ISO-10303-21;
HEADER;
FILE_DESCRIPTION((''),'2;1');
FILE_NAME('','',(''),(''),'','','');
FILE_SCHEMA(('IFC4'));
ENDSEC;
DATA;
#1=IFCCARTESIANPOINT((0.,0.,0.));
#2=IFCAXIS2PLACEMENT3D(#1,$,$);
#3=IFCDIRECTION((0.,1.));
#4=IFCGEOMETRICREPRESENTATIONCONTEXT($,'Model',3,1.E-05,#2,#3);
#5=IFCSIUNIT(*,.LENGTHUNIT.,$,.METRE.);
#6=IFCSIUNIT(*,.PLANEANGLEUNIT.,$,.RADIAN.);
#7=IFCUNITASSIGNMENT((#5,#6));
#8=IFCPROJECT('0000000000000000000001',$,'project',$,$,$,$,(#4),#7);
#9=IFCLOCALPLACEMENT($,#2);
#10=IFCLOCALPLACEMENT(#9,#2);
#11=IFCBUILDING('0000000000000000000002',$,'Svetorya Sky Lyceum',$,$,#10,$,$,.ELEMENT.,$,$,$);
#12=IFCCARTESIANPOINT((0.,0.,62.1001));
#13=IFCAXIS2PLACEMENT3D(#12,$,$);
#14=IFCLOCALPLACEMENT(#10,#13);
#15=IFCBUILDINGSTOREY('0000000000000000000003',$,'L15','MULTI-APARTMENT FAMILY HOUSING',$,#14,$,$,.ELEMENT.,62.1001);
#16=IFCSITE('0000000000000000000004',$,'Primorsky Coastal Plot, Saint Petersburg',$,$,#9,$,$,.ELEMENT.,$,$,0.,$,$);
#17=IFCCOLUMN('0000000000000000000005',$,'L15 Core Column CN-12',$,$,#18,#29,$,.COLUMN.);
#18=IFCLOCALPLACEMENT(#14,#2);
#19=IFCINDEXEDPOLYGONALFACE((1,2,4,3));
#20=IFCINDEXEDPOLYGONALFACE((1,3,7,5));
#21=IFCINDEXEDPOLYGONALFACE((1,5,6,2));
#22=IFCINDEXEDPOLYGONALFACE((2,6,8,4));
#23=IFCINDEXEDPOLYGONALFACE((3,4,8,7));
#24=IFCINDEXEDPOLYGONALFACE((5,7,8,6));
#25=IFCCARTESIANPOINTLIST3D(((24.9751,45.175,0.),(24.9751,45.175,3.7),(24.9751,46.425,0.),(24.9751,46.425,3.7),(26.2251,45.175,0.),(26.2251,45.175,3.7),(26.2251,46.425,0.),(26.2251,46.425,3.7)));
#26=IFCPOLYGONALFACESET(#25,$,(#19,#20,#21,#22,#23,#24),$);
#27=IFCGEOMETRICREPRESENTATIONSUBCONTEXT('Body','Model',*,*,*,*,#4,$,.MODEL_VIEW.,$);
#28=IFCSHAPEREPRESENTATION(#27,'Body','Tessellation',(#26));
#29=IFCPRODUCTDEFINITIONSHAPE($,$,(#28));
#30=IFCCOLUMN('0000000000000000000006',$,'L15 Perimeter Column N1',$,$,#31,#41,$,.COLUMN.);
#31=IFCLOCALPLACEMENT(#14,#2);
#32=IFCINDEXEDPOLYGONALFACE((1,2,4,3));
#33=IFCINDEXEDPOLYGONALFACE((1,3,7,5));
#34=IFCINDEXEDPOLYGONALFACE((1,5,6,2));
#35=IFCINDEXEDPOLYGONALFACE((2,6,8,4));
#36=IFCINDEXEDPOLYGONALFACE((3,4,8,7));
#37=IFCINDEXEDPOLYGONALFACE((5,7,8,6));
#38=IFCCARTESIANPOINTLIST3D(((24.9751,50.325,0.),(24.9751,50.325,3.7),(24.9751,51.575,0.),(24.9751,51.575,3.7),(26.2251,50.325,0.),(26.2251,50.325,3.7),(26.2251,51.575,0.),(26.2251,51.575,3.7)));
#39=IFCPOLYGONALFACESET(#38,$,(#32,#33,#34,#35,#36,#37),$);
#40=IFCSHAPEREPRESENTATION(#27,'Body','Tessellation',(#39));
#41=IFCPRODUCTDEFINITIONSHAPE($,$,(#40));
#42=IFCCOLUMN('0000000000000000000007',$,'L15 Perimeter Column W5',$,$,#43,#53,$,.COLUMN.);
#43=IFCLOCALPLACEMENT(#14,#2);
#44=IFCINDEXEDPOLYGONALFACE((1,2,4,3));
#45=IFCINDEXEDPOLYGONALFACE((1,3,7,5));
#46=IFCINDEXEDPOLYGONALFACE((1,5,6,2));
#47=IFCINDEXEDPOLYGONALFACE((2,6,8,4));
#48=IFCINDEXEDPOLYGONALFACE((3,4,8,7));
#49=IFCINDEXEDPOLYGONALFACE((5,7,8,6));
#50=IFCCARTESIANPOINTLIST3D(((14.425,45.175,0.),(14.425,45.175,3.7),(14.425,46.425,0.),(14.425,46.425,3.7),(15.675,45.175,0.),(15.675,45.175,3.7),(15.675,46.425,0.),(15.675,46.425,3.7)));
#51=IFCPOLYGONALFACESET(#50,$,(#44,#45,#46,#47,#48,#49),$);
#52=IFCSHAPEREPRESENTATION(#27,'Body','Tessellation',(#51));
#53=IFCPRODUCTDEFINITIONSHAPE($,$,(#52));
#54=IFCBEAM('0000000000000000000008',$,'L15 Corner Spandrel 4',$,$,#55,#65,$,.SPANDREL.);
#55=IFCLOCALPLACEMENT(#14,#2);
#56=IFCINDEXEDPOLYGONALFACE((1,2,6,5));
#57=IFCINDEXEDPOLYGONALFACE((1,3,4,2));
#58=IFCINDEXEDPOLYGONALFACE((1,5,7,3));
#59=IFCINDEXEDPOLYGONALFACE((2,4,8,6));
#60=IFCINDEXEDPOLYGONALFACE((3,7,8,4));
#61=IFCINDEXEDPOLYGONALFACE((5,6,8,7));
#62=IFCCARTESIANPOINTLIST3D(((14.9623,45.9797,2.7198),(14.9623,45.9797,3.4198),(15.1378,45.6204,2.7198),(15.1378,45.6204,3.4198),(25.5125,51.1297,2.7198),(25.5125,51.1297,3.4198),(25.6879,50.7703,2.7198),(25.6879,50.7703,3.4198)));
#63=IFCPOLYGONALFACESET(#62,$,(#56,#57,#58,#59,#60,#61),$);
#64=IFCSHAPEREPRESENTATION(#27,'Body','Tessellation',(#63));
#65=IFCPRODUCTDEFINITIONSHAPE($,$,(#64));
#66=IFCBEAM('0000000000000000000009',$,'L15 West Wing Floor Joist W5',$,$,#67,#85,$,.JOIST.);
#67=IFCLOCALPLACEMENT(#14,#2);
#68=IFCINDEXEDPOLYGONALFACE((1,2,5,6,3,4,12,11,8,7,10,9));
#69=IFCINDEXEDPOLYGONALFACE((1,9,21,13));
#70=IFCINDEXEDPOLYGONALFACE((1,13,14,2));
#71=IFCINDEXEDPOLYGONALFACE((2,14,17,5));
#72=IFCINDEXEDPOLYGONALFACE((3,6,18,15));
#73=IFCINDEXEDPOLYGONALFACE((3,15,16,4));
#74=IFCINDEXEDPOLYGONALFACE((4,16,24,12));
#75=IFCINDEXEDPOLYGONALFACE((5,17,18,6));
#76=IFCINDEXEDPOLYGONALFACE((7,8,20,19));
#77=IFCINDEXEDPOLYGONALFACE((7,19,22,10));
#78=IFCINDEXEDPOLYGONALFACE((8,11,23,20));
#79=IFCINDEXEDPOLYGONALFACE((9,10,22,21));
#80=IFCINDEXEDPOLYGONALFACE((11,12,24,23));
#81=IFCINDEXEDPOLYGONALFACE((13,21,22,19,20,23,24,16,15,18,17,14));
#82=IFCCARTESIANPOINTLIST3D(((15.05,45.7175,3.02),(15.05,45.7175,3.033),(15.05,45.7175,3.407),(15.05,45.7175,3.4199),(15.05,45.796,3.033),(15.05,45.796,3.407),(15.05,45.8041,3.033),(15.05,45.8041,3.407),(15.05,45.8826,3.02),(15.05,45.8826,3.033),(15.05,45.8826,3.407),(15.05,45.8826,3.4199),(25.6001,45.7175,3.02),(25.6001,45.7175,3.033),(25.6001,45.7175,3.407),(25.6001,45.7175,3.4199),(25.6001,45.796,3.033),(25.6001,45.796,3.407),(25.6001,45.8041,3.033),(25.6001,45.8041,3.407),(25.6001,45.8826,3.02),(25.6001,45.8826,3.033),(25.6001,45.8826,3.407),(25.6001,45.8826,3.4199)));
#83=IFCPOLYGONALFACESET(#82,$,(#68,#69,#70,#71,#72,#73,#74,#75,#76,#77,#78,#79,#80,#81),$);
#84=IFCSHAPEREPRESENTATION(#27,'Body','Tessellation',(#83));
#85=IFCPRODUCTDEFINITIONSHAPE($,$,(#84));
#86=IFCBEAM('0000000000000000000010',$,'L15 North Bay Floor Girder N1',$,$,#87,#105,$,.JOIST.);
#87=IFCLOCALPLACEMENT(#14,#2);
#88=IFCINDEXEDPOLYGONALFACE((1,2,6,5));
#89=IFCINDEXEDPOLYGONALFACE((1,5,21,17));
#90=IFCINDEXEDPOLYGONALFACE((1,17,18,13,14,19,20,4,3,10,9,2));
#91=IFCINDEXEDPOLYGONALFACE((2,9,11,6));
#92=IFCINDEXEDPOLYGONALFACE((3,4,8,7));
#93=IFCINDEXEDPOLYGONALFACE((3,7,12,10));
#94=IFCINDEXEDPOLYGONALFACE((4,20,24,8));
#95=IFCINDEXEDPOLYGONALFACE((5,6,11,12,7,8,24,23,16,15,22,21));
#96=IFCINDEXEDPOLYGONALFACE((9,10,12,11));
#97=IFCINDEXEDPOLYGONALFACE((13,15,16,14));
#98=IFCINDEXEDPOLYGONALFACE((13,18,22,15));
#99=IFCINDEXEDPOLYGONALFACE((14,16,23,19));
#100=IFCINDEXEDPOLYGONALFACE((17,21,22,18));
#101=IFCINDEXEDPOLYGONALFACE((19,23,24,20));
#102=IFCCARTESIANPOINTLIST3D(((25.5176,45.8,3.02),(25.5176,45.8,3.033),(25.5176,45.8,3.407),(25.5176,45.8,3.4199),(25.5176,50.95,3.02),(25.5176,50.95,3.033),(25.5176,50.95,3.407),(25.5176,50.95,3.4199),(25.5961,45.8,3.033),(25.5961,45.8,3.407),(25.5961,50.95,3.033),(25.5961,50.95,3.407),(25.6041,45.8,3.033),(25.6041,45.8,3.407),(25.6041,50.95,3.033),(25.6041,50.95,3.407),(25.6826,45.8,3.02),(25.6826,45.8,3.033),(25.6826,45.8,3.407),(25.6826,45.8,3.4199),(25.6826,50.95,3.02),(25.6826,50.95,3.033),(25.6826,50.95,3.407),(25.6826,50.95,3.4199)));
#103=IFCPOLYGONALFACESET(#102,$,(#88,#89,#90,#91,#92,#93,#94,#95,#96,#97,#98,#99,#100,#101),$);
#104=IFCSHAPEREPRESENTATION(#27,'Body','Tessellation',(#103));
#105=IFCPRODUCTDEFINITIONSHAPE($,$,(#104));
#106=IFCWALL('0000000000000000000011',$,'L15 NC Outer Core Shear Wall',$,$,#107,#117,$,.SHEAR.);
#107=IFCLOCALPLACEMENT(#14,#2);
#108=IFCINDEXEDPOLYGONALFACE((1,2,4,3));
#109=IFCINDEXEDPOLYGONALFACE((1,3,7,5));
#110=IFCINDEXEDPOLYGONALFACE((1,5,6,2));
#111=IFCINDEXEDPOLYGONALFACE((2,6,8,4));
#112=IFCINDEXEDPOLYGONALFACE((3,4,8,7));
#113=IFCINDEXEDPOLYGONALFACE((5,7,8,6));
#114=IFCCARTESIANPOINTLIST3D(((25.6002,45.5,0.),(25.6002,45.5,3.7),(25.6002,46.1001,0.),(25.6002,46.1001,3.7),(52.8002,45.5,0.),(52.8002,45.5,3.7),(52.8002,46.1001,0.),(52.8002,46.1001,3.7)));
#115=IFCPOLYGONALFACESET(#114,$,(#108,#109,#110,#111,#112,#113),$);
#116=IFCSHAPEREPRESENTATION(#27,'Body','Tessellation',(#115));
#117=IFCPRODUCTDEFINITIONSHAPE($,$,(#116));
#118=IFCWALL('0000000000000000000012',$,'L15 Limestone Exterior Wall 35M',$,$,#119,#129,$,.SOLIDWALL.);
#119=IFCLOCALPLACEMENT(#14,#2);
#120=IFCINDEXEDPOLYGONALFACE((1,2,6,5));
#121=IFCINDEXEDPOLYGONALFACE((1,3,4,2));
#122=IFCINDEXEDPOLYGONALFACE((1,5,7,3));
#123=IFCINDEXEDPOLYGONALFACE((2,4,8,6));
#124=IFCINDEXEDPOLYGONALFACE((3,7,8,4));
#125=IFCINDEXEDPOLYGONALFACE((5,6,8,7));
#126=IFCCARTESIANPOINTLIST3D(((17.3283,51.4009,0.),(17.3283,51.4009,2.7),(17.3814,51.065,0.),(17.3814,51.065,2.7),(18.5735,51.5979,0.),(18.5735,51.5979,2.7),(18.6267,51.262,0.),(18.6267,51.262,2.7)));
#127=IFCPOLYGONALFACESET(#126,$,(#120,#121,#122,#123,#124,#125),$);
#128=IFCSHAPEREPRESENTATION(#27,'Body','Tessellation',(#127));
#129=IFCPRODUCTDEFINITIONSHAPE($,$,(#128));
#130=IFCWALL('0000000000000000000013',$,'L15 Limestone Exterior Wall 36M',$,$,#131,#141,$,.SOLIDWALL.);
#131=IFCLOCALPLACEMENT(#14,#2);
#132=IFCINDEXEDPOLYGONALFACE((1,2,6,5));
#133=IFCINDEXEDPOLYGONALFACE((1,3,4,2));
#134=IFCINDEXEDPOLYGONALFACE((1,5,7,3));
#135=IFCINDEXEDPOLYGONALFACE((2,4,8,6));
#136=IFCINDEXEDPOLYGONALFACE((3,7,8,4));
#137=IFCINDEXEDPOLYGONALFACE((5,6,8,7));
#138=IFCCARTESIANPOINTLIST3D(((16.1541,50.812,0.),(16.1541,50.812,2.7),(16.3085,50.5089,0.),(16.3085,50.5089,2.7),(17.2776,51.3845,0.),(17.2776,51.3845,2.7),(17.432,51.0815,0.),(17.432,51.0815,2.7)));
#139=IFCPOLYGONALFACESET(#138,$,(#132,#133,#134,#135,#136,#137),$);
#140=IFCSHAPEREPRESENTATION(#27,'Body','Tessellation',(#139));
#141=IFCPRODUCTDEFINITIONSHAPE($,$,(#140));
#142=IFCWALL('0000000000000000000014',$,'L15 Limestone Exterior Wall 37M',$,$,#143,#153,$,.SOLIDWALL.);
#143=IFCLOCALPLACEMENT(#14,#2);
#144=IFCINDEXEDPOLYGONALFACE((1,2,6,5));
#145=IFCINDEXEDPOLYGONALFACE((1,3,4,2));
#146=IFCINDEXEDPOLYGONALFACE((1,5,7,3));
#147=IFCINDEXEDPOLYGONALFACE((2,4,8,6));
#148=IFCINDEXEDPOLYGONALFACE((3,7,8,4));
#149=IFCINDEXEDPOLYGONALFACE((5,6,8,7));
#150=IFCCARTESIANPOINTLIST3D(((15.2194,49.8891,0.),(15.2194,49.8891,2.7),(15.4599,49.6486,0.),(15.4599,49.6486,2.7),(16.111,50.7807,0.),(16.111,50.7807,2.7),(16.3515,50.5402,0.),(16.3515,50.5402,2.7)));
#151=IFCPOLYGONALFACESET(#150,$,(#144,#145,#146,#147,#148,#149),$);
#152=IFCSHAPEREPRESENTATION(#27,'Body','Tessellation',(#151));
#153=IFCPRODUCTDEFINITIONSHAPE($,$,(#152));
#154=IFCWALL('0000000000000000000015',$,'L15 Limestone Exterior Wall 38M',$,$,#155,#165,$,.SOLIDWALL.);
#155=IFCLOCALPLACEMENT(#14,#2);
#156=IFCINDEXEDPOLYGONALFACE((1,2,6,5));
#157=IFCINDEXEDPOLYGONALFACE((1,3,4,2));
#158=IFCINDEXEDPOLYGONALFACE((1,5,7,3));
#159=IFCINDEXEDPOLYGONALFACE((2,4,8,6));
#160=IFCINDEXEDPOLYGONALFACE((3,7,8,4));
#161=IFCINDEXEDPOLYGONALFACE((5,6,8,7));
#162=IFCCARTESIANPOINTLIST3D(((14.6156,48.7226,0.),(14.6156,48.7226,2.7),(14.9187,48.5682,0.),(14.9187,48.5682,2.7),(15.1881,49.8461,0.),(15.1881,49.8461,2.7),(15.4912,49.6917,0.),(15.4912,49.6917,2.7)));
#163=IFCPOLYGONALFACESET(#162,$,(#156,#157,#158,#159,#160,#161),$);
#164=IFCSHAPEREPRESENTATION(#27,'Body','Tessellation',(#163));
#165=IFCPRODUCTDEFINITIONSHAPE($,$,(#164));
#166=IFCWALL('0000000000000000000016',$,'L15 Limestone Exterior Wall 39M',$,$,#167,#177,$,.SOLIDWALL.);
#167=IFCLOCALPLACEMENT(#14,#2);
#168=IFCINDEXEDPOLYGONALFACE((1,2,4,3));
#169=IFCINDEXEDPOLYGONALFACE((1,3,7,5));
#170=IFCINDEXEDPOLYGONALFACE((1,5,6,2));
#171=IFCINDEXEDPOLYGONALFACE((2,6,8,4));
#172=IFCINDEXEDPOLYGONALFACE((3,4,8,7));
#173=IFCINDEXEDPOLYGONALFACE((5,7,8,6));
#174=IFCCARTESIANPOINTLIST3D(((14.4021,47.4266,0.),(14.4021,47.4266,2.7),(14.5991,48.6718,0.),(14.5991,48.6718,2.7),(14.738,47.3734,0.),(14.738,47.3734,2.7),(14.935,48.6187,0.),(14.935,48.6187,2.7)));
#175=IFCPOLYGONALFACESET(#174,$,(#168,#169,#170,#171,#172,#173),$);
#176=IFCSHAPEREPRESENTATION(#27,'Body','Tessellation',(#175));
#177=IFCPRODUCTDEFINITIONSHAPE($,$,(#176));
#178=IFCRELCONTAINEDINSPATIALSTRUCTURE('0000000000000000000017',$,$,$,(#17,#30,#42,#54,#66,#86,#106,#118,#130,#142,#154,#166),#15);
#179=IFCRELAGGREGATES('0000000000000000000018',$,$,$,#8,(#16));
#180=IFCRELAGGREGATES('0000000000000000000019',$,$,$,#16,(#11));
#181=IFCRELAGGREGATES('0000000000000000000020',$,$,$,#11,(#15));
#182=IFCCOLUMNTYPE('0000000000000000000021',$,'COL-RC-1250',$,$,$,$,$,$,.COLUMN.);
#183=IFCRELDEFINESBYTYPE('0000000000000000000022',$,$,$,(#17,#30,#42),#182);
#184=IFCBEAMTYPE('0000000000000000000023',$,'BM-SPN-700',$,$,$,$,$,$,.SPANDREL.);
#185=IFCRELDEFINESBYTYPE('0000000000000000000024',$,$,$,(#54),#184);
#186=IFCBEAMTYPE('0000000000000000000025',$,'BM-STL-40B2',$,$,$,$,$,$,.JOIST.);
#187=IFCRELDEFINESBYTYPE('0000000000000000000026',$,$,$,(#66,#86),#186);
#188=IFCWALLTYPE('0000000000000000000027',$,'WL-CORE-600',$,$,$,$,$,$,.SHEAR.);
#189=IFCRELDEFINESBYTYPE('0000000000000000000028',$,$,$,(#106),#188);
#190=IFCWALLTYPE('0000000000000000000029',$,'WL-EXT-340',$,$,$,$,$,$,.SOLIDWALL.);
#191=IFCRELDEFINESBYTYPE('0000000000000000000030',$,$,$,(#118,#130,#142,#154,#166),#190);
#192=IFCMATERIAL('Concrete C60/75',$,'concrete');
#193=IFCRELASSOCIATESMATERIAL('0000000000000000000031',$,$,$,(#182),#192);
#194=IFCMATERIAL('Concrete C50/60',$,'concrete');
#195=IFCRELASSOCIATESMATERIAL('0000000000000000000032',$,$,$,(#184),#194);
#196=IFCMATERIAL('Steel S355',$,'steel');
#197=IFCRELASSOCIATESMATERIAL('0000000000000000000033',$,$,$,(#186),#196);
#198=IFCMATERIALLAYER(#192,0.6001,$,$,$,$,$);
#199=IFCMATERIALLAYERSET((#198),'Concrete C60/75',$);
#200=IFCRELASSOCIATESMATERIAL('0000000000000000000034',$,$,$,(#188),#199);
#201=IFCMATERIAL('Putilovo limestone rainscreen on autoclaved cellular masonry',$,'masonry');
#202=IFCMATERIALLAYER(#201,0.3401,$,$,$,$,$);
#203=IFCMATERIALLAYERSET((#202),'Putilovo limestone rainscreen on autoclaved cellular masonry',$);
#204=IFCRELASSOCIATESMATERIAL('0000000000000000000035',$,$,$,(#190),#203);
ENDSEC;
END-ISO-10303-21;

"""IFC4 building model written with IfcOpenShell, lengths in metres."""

from ifc_helpers import new_model, si_unit, direction, frame, frame_2d, origin, origin_2d, place, context, subcontext, project, spatial, rectangle, i_section, extrude, material, layer, layer_set, material_profile, profile_set, type_object, element, save


model = new_model("IFC4")

# Units and contexts
model_context = context("Model", 3, precision=1e-05, world=origin(), true_north=direction((0.0, 1.0)))
body_context = subcontext(model_context, "Body", "Model", "MODEL_VIEW")
ifc_project = project(units=[si_unit("LENGTHUNIT", "METRE"), si_unit("PLANEANGLEUNIT", "RADIAN")], contexts=[model_context])

# Site, building, storey
site_placement = place(None, origin())
site = spatial("IfcSite", under=ifc_project, at=site_placement, Name="Primorsky Coastal Plot, Saint Petersburg", CompositionType="ELEMENT", RefElevation=0.0)
building_placement = place(site_placement, origin())
building = spatial("IfcBuilding", under=site, at=building_placement, Name="Svetorya Sky Lyceum", CompositionType="ELEMENT")
storey_placement = place(building_placement, frame((0.0, 0.0, 62.1001)))
storey = spatial("IfcBuildingStorey", under=building, at=storey_placement, Name="L15", Description="MULTI-APARTMENT FAMILY HOUSING", CompositionType="ELEMENT", Elevation=62.1001)

# Columns
ifc_material_1 = material(Name="Concrete C60/75", Category="concrete")
ifc_material_profile_1 = material_profile(ifc_material_1, rectangle(XDim=1.25, YDim=1.25, at=origin_2d()), Name="RC COL 1250x1250")
ifc_profile_set_1 = profile_set([ifc_material_profile_1], Name="Concrete C60/75")
column_type = type_object("IfcColumnType", Name="COL-RC-1250", PredefinedType="COLUMN", material=ifc_profile_set_1)
for number, where, z_axis, x_axis, name in (
    (1, (25.6001, 45.8, 0.0), (0.0, 0.0, 1.0), (1.0, 0.0, 0.0), "L15 Core Column CN-12"),
    (2, (25.6001, 50.95, 0.0), (0.0, 0.0, 1.0), (1.0, 0.0, 0.0), "L15 Perimeter Column N1"),
    (3, (15.05, 45.8, 0.0), (0.0, 0.0, 1.0), (1.0, 0.0, 0.0), "L15 Perimeter Column W5"),
):
    element("IfcColumn", number, at=place(storey_placement, frame(where, z_axis=z_axis, x_axis=x_axis)), inside=storey, type_object=column_type, Name=name, PredefinedType="COLUMN", context=body_context, shape_type="SweptSolid", body=[
        extrude(rectangle(XDim=1.25, YDim=1.25, at=origin_2d()), origin(), (0.0, 0.0, 1.0), 3.7),
    ])

# Beams
ifc_material_2 = material(Name="Concrete C50/60", Category="concrete")
ifc_material_profile_2 = material_profile(ifc_material_2, rectangle(XDim=0.3999, YDim=0.7, at=origin_2d()), Name="RC SPANDREL 400x700")
ifc_profile_set_2 = profile_set([ifc_material_profile_2], Name="Concrete C50/60")
beam_type_1 = type_object("IfcBeamType", Name="BM-SPN-700", PredefinedType="SPANDREL", material=ifc_profile_set_2)
beam_1_placement = place(storey_placement, frame((15.05, 45.8, 3.0698), z_axis=(0.89865, 0.438667, 0.0), x_axis=(-0.438667, 0.89865, 0.0)))
element("IfcBeam", 4, at=beam_1_placement, inside=storey, type_object=beam_type_1, Name="L15 Corner Spandrel 4", PredefinedType="SPANDREL", context=body_context, shape_type="SweptSolid", body=[
    extrude(rectangle(XDim=0.3999, YDim=0.7, at=origin_2d()), origin(), (0.0, 0.0, 1.0), 11.74),
])
ifc_material_3 = material(Name="Steel S355", Category="steel")
ifc_material_profile_3 = material_profile(ifc_material_3, i_section(OverallWidth=0.165, OverallDepth=0.3999, WebThickness=0.0081, FlangeThickness=0.0129, at=origin_2d()), Name="GOST 40B2")
ifc_profile_set_3 = profile_set([ifc_material_profile_3], Name="Steel S355")
beam_type_2 = type_object("IfcBeamType", Name="BM-STL-40B2", PredefinedType="JOIST", material=ifc_profile_set_3)
beam_2_placement = place(storey_placement, frame((15.05, 45.8, 3.22), z_axis=(1.0, 0.0, 0.0), x_axis=(0.0, 1.0, 0.0)))
element("IfcBeam", 5, at=beam_2_placement, inside=storey, type_object=beam_type_2, Name="L15 West Wing Floor Joist W5", PredefinedType="JOIST", context=body_context, shape_type="SweptSolid", body=[
    extrude(i_section(OverallWidth=0.165, OverallDepth=0.3999, WebThickness=0.0081, FlangeThickness=0.0129, at=origin_2d()), origin(), (0.0, 0.0, 1.0), 10.55),
])
beam_3_placement = place(storey_placement, frame((25.6001, 45.8, 3.22), z_axis=(0.0, 1.0, 0.0), x_axis=(-1.0, 0.0, 0.0)))
element("IfcBeam", 6, at=beam_3_placement, inside=storey, type_object=beam_type_2, Name="L15 North Bay Floor Girder N1", PredefinedType="JOIST", context=body_context, shape_type="SweptSolid", body=[
    extrude(i_section(OverallWidth=0.165, OverallDepth=0.3999, WebThickness=0.0081, FlangeThickness=0.0129, at=origin_2d()), origin(), (0.0, 0.0, 1.0), 5.1499),
])

# Walls
ifc_layer_1 = layer(ifc_material_1, 0.6001)
ifc_layer_set_1 = layer_set([ifc_layer_1], Name="Concrete C60/75")
wall_type_1 = type_object("IfcWallType", Name="WL-CORE-600", PredefinedType="SHEAR", material=ifc_layer_set_1)
wall_1_placement = place(storey_placement, frame((25.6001, 45.8, 0.0), z_axis=(0.0, 0.0, 1.0), x_axis=(1.0, 0.0, 0.0)))
element("IfcWall", 7, at=wall_1_placement, inside=storey, type_object=wall_type_1, Name="L15 NC Outer Core Shear Wall", PredefinedType="SHEAR", context=body_context, shape_type="SweptSolid", body=[
    extrude(rectangle(XDim=27.2, YDim=0.6001, at=frame_2d((13.6001, 0.0))), origin(), (0.0, 0.0, 1.0), 3.7),
])
ifc_material_4 = material(Name="Putilovo limestone rainscreen on autoclaved cellular masonry", Category="masonry")
ifc_layer_2 = layer(ifc_material_4, 0.3401)
ifc_layer_set_2 = layer_set([ifc_layer_2], Name="Putilovo limestone rainscreen on autoclaved cellular masonry")
wall_type_2 = type_object("IfcWallType", Name="WL-EXT-340", PredefinedType="SOLIDWALL", material=ifc_layer_set_2)
wall_2_placement = place(storey_placement, frame((18.6001, 51.4299, 0.0), z_axis=(0.0, 0.0, 1.0), x_axis=(-0.987716, -0.156261, 0.0)))
element("IfcWall", 8, at=wall_2_placement, inside=storey, type_object=wall_type_2, Name="L15 Limestone Exterior Wall 35M", PredefinedType="SOLIDWALL", context=body_context, shape_type="SweptSolid", body=[
    extrude(rectangle(XDim=1.2607, YDim=0.3401, at=frame_2d((0.6304, 0.0))), origin(), (0.0, 0.0, 1.0), 2.7),
])
for number, where, z_axis, x_axis, name in (
    (9, (17.3547, 51.2329, 0.0), (0.0, 0.0, 1.0), (-0.890994, -0.454016, 0.0), "L15 Limestone Exterior Wall 36M"),
    (10, (16.2312, 50.6604, 0.0), (0.0, 0.0, 1.0), (-0.707107, -0.707107, 0.0), "L15 Limestone Exterior Wall 37M"),
    (11, (15.3396, 49.7688, 0.0), (0.0, 0.0, 1.0), (-0.454016, -0.890994, 0.0), "L15 Limestone Exterior Wall 38M"),
):
    element("IfcWall", number, at=place(storey_placement, frame(where, z_axis=z_axis, x_axis=x_axis)), inside=storey, type_object=wall_type_2, Name=name, PredefinedType="SOLIDWALL", context=body_context, shape_type="SweptSolid", body=[
        extrude(rectangle(XDim=1.261, YDim=0.3401, at=frame_2d((0.6304, 0.0))), origin(), (0.0, 0.0, 1.0), 2.7),
    ])
wall_3_placement = place(storey_placement, frame((14.7671, 48.6453, 0.0), z_axis=(0.0, 0.0, 1.0), x_axis=(-0.156261, -0.987716, 0.0)))
element("IfcWall", 12, at=wall_3_placement, inside=storey, type_object=wall_type_2, Name="L15 Limestone Exterior Wall 39M", PredefinedType="SOLIDWALL", context=body_context, shape_type="SweptSolid", body=[
    extrude(rectangle(XDim=1.2607, YDim=0.3401, at=frame_2d((0.6304, 0.0))), origin(), (0.0, 0.0, 1.0), 2.7),
])

save(model, "model.ifc")
